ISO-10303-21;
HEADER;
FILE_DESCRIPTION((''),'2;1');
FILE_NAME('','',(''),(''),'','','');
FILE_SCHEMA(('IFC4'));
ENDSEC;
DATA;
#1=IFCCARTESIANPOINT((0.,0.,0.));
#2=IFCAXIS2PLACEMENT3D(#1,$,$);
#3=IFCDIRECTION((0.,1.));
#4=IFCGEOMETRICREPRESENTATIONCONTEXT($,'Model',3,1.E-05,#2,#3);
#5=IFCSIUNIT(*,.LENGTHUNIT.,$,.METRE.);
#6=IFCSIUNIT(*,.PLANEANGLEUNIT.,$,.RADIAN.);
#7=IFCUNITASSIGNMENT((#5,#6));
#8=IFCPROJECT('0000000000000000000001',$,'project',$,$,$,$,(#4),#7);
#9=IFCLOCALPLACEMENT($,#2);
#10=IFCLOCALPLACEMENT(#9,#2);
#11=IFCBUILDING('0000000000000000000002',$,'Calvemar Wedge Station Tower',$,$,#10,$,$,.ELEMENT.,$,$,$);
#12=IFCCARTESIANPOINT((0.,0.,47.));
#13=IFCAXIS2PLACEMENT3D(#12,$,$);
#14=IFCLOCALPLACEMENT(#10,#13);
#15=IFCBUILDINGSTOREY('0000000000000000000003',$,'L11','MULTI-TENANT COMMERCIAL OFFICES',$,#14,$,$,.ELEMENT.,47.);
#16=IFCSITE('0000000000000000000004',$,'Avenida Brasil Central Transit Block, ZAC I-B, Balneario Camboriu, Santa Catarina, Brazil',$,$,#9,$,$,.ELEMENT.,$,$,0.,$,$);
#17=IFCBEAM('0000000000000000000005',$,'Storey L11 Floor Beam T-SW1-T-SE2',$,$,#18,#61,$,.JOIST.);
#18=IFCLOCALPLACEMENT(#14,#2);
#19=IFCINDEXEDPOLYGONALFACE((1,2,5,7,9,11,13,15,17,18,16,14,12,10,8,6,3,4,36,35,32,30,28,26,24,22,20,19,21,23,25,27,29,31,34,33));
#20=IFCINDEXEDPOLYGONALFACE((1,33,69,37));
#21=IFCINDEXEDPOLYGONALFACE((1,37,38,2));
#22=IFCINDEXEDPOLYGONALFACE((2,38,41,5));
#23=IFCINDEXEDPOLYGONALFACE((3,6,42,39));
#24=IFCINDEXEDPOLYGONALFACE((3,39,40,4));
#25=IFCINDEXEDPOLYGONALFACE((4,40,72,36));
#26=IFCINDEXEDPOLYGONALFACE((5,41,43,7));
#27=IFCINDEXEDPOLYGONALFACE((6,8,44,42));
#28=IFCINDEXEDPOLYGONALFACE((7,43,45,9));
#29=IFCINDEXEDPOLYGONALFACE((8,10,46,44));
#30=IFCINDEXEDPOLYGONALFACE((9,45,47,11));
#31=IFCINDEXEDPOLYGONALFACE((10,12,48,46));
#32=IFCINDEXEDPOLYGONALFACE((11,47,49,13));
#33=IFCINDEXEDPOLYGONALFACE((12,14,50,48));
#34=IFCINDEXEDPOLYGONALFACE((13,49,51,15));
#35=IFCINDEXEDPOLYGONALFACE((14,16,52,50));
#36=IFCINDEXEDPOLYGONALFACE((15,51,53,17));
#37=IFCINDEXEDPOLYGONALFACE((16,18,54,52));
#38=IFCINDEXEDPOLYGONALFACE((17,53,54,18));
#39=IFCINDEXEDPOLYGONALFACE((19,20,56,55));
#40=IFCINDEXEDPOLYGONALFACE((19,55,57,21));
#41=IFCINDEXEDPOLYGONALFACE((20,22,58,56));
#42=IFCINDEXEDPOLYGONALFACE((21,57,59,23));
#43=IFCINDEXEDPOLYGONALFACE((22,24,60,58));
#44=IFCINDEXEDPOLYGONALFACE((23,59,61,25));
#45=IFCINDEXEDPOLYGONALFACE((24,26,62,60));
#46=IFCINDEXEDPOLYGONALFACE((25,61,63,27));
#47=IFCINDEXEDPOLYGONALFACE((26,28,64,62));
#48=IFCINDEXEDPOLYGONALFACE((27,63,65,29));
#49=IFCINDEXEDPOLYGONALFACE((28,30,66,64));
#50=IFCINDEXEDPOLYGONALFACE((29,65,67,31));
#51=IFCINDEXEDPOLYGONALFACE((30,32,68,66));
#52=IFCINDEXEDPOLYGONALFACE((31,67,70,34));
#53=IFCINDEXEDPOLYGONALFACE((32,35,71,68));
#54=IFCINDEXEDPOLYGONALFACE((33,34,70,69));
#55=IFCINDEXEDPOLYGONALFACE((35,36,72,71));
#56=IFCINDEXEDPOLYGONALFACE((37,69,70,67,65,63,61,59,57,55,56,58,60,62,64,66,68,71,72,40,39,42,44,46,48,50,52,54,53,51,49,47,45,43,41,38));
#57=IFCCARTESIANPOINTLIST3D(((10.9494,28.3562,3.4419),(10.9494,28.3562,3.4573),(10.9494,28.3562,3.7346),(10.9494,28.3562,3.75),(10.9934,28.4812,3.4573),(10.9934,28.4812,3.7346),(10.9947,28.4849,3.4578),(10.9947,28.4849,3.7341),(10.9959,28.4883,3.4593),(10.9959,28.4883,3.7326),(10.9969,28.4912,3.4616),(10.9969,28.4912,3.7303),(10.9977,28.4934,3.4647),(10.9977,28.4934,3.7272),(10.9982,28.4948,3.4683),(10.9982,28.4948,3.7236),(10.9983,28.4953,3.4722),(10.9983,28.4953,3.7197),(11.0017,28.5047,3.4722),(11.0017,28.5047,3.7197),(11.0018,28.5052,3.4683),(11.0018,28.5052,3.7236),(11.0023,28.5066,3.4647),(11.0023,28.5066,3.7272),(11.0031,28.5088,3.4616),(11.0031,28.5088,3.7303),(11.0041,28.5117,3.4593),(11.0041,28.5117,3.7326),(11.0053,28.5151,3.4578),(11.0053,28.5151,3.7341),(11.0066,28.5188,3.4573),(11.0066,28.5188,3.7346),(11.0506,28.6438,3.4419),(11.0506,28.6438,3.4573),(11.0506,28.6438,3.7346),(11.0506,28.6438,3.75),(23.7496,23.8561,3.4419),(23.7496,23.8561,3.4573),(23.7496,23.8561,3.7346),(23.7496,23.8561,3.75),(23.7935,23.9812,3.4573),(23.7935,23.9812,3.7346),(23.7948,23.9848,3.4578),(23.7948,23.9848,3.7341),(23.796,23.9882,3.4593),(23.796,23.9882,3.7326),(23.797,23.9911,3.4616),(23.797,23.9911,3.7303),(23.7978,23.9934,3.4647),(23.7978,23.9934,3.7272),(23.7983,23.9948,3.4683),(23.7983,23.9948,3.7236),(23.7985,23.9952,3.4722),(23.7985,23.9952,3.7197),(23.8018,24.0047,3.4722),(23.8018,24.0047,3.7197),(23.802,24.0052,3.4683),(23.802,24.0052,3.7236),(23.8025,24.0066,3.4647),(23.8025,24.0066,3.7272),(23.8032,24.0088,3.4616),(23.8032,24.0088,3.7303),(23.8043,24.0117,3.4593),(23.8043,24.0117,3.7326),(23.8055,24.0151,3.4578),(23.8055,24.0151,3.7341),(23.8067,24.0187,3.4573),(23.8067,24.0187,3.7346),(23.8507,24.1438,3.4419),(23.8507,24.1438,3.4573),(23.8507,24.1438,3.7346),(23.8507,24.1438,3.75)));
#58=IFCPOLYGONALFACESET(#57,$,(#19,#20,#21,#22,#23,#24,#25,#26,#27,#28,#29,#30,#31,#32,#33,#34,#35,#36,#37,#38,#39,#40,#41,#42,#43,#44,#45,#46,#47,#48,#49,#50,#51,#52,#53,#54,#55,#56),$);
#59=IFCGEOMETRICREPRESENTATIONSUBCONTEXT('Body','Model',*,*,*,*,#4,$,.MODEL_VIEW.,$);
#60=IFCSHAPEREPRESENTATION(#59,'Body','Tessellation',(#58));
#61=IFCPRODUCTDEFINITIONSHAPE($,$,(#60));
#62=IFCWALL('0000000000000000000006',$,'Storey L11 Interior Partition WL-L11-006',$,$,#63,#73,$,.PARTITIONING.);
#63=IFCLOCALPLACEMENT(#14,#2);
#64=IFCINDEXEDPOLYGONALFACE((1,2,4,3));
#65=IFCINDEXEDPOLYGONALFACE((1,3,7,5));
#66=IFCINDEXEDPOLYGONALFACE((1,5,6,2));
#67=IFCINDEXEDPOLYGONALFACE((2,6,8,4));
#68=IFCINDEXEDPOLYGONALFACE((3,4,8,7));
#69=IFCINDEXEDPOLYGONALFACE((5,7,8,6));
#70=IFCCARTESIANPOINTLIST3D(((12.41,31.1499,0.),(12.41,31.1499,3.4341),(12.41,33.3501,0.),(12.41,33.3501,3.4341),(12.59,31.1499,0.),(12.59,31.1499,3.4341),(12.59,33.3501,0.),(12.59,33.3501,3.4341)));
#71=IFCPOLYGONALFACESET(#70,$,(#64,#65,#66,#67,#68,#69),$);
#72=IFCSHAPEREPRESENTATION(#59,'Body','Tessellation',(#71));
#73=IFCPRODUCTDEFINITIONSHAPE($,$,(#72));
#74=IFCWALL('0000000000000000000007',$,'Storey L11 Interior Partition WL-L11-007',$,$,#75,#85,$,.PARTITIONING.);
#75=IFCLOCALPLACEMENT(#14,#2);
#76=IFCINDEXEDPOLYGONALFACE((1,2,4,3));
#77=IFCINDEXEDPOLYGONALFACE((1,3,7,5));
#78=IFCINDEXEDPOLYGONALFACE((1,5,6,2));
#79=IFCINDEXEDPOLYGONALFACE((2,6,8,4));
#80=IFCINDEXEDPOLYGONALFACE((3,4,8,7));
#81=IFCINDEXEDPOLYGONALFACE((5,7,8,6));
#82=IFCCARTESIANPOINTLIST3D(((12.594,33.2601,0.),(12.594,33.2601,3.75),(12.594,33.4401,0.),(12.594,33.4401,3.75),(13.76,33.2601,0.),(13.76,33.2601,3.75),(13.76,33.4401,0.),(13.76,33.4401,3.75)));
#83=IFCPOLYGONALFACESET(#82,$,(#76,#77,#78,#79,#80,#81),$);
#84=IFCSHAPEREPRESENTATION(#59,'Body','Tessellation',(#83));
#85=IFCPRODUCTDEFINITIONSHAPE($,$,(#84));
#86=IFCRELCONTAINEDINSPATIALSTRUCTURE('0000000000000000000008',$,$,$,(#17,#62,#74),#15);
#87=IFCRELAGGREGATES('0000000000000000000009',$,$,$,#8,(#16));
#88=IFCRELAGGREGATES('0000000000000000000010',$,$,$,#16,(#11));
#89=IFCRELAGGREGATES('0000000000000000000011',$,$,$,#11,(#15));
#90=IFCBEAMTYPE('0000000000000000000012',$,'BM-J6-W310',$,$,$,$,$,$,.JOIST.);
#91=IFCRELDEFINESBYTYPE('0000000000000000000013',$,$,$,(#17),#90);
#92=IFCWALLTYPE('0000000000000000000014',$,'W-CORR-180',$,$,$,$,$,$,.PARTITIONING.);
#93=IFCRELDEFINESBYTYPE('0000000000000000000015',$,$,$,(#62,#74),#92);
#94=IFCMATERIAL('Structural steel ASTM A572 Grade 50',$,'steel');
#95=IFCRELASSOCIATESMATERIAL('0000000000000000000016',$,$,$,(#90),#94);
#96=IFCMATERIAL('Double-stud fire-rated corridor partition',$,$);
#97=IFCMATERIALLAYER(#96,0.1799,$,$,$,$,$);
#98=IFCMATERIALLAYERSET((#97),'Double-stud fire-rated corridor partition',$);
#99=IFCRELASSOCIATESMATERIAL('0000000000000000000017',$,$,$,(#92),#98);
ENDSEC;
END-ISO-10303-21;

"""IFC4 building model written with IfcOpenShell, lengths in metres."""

from ifc_helpers import new_model, si_unit, direction, frame, frame_2d, origin, origin_2d, place, context, subcontext, project, spatial, rectangle, i_section, extrude, source, transform, mapped, material, layer, layer_set, material_profile, profile_set, type_object, element, save


model = new_model("IFC4")

# Units and contexts
model_context = context("Model", 3, precision=1e-05, world=origin(), true_north=direction((0.0, 1.0)))
body_context = subcontext(model_context, "Body", "Model", "MODEL_VIEW")
ifc_project = project(units=[si_unit("LENGTHUNIT", "METRE"), si_unit("PLANEANGLEUNIT", "RADIAN")], contexts=[model_context])

# Site, building, storey
site_placement = place(None, origin())
site = spatial("IfcSite", under=ifc_project, at=site_placement, Name="Avenida Brasil Central Transit Block, ZAC I-B, Balneario Camboriu, Santa Catarina, Brazil", CompositionType="ELEMENT", RefElevation=0.0)
building_placement = place(site_placement, origin())
building = spatial("IfcBuilding", under=site, at=building_placement, Name="Calvemar Wedge Station Tower", CompositionType="ELEMENT")
storey_placement = place(building_placement, frame((0.0, 0.0, 47.0)))
storey = spatial("IfcBuildingStorey", under=building, at=storey_placement, Name="L11", Description="MULTI-TENANT COMMERCIAL OFFICES", CompositionType="ELEMENT", Elevation=47.0)

# Beam
ifc_material_1 = material(Name="Structural steel ASTM A572 Grade 50", Category="steel")
ifc_material_profile_1 = material_profile(ifc_material_1, i_section(OverallWidth=0.3049, OverallDepth=0.3081, WebThickness=0.01, FlangeThickness=0.0154, FilletRadius=0.0149, at=origin_2d()), Name="W310x97")
ifc_profile_set_1 = profile_set([ifc_material_profile_1], Name="Structural steel ASTM A572 Grade 50")
beam_type_1 = type_object("IfcBeamType", Name="BM-J6-W310", PredefinedType="JOIST", material=ifc_profile_set_1)
shared_shape_1 = source(origin(), body_context, "Body", "SweptSolid", [
    extrude(i_section(OverallWidth=0.3049, OverallDepth=0.3081, WebThickness=0.01, FlangeThickness=0.0154, FilletRadius=0.0149, at=origin_2d()), origin(), (0.0, 0.0, 1.0), 13.5681),
])
for number, where, z_axis, x_axis, name in (
    (1, (11.0, 28.5, 3.5959), (0.943398, -0.331662, 0.0), (0.331662, 0.943398, 0.0), "Storey L11 Floor Beam T-SW1-T-SE2"),
):
    element("IfcBeam", number, at=place(storey_placement, frame(where, z_axis=z_axis, x_axis=x_axis)), inside=storey, type_object=beam_type_1, Name=name, PredefinedType="JOIST", context=body_context, shape_type="MappedRepresentation", body=[
        mapped(shared_shape_1, transform((0.0, 0.0, 0.0), scale=1.0)),
    ])

# Walls
ifc_material_2 = material(Name="Double-stud fire-rated corridor partition")
ifc_layer_1 = layer(ifc_material_2, 0.1799)
ifc_layer_set_1 = layer_set([ifc_layer_1], Name="Double-stud fire-rated corridor partition")
wall_type_1 = type_object("IfcWallType", Name="W-CORR-180", PredefinedType="PARTITIONING", material=ifc_layer_set_1)
wall_1_placement = place(storey_placement, frame((12.5, 31.1499, 0.0), z_axis=(0.0, 0.0, 1.0), x_axis=(0.0, 1.0, 0.0)))
element("IfcWall", 2, at=wall_1_placement, inside=storey, type_object=wall_type_1, Name="Storey L11 Interior Partition WL-L11-006", PredefinedType="PARTITIONING", context=body_context, shape_type="SweptSolid", body=[
    extrude(rectangle(XDim=2.2002, YDim=0.1799, at=frame_2d((1.1001, 0.0))), origin(), (0.0, 0.0, 1.0), 3.4341),
])
wall_2_placement = place(storey_placement, frame((12.594, 33.3501, 0.0), z_axis=(0.0, 0.0, 1.0), x_axis=(1.0, 0.0, 0.0)))
element("IfcWall", 3, at=wall_2_placement, inside=storey, type_object=wall_type_1, Name="Storey L11 Interior Partition WL-L11-007", PredefinedType="PARTITIONING", context=body_context, shape_type="SweptSolid", body=[
    extrude(rectangle(XDim=1.166, YDim=0.1799, at=frame_2d((0.583, 0.0))), origin(), (0.0, 0.0, 1.0), 3.75),
])

save(model, "model.ifc")
